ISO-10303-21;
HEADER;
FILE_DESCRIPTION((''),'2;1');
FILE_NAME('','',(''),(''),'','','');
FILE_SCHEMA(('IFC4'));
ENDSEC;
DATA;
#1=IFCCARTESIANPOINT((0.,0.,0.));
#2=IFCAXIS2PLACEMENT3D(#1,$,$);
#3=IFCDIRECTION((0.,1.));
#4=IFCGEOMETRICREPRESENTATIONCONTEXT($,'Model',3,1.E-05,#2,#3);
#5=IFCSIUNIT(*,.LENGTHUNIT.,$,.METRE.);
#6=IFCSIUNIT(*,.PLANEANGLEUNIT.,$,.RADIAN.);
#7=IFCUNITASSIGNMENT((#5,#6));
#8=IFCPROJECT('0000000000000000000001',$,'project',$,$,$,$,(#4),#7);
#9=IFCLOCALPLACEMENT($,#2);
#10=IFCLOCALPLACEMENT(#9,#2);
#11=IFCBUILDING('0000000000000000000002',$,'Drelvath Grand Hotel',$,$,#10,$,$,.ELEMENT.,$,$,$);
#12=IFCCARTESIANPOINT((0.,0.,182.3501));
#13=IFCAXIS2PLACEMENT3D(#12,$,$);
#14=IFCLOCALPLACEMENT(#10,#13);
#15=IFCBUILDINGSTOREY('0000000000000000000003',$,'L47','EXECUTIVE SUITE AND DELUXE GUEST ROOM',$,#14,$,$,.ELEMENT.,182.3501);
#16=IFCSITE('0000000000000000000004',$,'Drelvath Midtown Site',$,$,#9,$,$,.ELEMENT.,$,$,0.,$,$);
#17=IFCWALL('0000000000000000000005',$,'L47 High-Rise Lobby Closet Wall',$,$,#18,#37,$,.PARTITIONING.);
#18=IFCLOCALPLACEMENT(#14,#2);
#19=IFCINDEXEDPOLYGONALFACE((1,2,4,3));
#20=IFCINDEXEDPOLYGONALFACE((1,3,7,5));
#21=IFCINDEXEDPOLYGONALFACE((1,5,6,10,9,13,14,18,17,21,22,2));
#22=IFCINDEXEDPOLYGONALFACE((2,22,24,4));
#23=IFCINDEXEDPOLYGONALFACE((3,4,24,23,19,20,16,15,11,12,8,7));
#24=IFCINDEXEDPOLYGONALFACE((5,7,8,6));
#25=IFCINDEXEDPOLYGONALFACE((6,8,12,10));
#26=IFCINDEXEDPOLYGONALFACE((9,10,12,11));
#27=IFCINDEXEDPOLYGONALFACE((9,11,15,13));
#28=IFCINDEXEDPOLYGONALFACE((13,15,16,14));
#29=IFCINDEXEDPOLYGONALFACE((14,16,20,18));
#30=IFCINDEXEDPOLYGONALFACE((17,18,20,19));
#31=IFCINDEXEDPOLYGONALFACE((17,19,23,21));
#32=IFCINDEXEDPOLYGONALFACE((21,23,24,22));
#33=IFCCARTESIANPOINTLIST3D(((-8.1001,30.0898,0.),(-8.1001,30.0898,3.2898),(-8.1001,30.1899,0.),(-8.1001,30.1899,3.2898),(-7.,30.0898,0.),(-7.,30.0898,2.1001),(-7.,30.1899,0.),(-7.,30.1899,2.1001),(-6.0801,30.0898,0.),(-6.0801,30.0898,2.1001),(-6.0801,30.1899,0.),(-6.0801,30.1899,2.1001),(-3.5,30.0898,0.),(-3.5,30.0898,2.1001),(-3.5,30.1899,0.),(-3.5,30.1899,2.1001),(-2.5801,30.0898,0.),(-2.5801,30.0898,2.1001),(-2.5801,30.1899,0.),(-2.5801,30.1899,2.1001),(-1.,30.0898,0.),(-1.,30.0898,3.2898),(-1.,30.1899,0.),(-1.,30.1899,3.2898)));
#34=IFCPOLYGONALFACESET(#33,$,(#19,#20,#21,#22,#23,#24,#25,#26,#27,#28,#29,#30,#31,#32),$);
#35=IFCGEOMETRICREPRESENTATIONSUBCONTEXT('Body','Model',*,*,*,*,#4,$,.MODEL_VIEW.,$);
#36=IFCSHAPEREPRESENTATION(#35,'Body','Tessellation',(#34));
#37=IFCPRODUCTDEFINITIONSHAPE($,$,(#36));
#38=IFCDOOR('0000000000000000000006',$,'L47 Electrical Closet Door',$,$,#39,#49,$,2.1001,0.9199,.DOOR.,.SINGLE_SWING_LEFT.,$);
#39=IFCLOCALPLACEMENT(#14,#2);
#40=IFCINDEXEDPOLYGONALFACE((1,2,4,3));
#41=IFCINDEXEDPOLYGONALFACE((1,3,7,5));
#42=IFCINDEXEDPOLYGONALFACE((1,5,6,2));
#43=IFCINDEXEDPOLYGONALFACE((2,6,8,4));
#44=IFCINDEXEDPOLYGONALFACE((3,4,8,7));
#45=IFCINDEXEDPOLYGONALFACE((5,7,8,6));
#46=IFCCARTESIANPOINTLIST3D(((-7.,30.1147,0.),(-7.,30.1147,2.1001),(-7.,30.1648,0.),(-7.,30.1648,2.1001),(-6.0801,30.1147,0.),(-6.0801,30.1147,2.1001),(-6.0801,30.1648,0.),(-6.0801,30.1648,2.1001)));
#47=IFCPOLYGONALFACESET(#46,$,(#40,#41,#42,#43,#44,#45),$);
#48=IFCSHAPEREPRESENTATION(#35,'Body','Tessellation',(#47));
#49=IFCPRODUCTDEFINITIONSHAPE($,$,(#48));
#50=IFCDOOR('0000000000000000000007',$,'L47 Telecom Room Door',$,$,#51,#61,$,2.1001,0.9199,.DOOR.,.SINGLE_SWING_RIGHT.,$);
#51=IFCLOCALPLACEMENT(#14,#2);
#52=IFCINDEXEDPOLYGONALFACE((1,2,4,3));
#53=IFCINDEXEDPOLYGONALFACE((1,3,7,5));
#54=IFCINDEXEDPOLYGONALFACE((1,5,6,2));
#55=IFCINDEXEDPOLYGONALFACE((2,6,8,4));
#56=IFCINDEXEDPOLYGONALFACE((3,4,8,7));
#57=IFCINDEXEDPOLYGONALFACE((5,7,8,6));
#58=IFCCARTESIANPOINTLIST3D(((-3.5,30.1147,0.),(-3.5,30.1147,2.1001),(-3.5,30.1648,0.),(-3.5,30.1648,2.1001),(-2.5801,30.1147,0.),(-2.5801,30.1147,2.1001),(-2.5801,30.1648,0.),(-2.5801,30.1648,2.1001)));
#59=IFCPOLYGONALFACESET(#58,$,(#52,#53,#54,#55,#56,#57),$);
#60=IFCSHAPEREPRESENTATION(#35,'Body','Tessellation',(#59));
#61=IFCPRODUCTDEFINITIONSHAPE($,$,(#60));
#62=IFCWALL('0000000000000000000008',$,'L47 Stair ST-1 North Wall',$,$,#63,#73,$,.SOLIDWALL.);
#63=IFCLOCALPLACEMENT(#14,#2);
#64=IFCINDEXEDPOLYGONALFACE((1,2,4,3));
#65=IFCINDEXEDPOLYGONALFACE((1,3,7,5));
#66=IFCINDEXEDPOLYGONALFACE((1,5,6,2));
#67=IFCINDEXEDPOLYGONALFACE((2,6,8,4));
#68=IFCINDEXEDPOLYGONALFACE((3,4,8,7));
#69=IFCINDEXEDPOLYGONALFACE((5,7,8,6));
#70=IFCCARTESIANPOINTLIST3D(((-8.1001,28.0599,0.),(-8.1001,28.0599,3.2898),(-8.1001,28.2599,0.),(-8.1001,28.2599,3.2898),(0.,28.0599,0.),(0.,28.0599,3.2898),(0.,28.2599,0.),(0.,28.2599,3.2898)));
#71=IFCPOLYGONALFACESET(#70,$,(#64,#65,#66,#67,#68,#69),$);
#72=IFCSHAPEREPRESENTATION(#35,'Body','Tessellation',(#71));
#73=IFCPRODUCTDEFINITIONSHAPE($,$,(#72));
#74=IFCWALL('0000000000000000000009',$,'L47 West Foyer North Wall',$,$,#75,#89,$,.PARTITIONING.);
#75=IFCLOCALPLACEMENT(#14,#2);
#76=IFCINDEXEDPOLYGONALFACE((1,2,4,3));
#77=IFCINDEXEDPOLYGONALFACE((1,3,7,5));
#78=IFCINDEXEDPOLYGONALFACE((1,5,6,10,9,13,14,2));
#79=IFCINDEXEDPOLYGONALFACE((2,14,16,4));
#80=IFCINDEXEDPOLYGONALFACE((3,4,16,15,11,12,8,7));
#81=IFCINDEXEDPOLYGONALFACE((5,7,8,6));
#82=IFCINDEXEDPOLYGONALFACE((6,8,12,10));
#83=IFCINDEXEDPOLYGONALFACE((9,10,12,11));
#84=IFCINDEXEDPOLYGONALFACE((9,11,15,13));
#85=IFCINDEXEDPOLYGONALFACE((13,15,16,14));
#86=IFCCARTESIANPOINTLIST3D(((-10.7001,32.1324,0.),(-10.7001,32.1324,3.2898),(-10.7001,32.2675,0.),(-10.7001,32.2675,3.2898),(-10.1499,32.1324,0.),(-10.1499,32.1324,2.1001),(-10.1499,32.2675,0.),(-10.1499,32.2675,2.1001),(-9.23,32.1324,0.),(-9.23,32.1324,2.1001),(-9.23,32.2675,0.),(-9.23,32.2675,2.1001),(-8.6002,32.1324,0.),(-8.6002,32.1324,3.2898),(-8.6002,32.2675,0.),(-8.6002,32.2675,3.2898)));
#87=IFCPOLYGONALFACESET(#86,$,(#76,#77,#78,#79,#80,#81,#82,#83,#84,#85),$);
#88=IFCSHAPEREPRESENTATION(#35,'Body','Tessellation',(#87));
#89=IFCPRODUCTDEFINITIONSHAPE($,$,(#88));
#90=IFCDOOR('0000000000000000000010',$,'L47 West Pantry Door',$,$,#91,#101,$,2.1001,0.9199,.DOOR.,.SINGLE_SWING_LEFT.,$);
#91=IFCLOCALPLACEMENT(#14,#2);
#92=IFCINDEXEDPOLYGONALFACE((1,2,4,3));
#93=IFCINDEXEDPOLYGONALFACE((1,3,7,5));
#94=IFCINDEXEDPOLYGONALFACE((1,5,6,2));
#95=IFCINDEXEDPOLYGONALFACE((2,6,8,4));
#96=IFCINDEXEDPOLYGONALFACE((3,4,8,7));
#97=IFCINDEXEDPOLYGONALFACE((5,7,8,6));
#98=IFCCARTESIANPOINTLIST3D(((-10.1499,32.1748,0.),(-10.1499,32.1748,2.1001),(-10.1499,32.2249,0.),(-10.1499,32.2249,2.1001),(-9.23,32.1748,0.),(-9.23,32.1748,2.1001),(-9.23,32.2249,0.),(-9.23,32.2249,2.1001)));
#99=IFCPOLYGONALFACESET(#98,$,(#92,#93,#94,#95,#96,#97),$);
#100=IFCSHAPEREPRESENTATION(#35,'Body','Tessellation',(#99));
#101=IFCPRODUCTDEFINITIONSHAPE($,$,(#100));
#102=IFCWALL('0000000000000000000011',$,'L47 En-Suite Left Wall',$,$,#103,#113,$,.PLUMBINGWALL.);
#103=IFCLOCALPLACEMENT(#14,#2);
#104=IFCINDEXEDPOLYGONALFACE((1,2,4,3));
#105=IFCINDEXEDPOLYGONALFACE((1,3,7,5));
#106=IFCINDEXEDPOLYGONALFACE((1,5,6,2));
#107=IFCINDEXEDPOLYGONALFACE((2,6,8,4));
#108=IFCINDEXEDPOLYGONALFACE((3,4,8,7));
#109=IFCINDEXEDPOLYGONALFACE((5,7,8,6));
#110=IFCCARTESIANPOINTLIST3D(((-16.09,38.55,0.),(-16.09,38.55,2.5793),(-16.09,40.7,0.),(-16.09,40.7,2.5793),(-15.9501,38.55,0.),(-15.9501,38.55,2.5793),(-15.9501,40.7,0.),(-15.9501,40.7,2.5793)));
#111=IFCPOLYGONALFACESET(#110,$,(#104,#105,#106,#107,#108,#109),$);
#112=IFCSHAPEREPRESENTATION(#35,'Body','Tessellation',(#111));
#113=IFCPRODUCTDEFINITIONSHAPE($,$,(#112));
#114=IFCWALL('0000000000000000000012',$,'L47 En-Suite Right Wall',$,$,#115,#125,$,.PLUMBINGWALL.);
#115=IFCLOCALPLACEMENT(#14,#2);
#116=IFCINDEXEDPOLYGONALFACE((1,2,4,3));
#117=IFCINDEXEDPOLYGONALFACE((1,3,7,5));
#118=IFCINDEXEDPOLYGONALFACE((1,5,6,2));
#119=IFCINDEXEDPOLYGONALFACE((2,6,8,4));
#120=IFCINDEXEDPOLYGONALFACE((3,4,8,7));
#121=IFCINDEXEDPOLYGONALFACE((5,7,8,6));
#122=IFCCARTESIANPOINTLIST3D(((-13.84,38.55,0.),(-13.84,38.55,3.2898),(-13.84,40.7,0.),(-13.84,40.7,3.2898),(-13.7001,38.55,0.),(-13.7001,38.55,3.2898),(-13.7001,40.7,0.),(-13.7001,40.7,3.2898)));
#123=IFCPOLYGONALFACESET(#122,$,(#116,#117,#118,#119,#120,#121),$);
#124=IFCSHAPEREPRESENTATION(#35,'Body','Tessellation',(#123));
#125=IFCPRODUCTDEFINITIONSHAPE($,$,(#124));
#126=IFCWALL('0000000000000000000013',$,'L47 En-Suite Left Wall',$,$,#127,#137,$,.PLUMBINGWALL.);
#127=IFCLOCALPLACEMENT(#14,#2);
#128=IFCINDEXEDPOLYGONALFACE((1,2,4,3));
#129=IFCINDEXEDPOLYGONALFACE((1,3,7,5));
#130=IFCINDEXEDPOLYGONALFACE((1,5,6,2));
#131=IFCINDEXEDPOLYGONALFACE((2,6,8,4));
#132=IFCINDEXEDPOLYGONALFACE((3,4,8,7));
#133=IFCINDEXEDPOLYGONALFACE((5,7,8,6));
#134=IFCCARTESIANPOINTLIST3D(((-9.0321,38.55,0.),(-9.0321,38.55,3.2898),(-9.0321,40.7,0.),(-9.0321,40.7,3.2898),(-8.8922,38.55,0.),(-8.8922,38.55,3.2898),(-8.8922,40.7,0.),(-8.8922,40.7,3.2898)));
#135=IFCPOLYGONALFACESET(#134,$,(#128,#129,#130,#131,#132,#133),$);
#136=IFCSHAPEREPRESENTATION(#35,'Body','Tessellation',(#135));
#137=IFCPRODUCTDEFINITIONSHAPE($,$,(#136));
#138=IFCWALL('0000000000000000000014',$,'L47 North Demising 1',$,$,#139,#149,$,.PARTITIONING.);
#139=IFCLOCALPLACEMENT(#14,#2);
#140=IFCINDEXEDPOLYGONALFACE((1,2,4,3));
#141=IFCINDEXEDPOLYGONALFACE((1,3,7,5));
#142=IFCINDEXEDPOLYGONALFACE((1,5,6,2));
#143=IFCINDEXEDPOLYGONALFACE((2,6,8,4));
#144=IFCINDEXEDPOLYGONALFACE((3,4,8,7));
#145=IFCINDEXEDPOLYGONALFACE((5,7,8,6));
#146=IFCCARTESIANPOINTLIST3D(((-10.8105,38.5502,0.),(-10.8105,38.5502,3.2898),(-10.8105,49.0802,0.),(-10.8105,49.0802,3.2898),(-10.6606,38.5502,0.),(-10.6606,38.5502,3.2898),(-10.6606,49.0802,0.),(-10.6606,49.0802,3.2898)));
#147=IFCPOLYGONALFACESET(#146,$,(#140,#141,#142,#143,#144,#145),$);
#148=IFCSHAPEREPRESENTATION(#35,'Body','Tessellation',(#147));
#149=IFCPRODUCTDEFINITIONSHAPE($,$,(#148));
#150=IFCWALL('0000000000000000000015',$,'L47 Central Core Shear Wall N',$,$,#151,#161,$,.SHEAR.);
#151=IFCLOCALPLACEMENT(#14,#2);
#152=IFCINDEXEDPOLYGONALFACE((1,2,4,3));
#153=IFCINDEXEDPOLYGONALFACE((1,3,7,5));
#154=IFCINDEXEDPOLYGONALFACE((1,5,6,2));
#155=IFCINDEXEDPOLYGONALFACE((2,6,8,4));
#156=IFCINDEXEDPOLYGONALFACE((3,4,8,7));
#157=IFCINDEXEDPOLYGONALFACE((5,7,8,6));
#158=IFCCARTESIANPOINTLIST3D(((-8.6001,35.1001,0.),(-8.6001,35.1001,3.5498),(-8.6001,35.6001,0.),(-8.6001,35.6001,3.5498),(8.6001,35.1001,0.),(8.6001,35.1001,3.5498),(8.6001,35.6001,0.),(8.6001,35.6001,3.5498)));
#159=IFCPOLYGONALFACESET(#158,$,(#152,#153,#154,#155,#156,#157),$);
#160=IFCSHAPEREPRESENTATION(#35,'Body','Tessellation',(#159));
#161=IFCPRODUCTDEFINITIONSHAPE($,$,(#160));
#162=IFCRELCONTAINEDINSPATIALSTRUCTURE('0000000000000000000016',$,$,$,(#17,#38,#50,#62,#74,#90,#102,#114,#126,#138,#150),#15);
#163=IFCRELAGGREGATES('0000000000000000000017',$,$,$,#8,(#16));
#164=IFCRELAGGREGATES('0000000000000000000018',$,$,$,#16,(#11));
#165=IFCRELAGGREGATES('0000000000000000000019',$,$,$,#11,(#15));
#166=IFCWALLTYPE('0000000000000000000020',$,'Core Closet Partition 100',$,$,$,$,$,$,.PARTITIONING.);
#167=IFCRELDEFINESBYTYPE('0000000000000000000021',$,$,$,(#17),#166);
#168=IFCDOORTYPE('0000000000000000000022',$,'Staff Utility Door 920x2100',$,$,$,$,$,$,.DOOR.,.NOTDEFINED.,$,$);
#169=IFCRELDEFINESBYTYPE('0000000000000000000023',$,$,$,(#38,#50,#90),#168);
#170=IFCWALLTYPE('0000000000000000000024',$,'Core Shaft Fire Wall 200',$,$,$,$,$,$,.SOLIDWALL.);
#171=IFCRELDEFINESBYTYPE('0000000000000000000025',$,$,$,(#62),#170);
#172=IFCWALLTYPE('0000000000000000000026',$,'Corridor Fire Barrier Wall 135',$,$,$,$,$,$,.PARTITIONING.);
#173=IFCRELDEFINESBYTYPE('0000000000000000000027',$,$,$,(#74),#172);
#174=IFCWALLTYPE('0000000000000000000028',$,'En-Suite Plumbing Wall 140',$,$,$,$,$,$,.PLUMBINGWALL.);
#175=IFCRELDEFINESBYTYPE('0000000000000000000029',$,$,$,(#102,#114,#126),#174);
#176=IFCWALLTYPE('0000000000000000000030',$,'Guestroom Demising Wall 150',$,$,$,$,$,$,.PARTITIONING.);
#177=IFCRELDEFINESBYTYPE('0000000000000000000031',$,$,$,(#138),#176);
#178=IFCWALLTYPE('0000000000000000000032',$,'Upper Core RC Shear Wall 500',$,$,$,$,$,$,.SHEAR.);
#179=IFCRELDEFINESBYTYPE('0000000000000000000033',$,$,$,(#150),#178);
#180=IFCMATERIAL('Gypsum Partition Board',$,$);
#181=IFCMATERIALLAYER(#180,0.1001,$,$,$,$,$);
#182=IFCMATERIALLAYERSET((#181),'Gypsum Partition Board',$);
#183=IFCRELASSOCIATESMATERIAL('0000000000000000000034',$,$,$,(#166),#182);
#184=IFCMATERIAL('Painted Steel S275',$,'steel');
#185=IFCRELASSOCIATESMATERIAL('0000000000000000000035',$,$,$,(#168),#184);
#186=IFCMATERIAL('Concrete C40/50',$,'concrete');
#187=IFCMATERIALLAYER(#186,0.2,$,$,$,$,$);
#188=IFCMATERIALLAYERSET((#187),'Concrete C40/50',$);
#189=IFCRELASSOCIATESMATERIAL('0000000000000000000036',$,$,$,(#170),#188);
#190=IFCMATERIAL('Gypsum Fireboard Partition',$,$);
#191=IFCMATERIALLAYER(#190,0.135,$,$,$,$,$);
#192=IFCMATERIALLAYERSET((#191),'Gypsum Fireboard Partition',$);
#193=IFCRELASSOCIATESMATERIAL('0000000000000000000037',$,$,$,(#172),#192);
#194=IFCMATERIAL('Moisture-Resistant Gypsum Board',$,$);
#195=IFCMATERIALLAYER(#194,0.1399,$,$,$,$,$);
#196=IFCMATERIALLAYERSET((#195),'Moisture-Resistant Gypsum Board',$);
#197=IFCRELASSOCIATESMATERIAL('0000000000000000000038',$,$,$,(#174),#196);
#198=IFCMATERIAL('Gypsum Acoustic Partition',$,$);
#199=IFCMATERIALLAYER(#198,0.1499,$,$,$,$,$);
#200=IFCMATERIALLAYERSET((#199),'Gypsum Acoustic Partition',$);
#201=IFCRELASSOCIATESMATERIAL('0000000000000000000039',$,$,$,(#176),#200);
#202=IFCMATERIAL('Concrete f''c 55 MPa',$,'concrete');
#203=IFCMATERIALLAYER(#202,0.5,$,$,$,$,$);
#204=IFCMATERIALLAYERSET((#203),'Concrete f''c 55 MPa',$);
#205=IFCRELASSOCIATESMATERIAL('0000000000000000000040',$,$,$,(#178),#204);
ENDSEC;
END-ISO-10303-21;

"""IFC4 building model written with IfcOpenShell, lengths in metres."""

from ifc_helpers import new_model, si_unit, direction, frame, frame_2d, origin, place, context, subcontext, project, spatial, rectangle, extrude, material, layer, layer_set, type_object, element, fill, save


model = new_model("IFC4")

# Units and contexts
model_context = context("Model", 3, precision=1e-05, world=origin(), true_north=direction((0.0, 1.0)))
body_context = subcontext(model_context, "Body", "Model", "MODEL_VIEW")
ifc_project = project(units=[si_unit("LENGTHUNIT", "METRE"), si_unit("PLANEANGLEUNIT", "RADIAN")], contexts=[model_context])

# Site, building, storey
site_placement = place(None, origin())
site = spatial("IfcSite", under=ifc_project, at=site_placement, Name="Drelvath Midtown Site", CompositionType="ELEMENT", RefElevation=0.0)
building_placement = place(site_placement, origin())
building = spatial("IfcBuilding", under=site, at=building_placement, Name="Drelvath Grand Hotel", CompositionType="ELEMENT")
storey_placement = place(building_placement, frame((0.0, 0.0, 182.3501)))
storey = spatial("IfcBuildingStorey", under=building, at=storey_placement, Name="L47", Description="EXECUTIVE SUITE AND DELUXE GUEST ROOM", CompositionType="ELEMENT", Elevation=182.3501)

# Shared definitions
ifc_material_1 = material(Name="Concrete f'c 55 MPa", Category="concrete")

# Wall, openings, doors
ifc_material_2 = material(Name="Gypsum Partition Board")
ifc_layer_1 = layer(ifc_material_2, 0.1001)
ifc_layer_set_1 = layer_set([ifc_layer_1], Name="Gypsum Partition Board")
wall_type_1 = type_object("IfcWallType", Name="Core Closet Partition 100", PredefinedType="PARTITIONING", material=ifc_layer_set_1)
wall_1_placement = place(storey_placement, frame((-8.1001, 30.1399, 0.0), z_axis=(0.0, 0.0, 1.0), x_axis=(1.0, 0.0, 0.0)))
wall_1 = element("IfcWall", 1, at=wall_1_placement, inside=storey, type_object=wall_type_1, Name="L47 High-Rise Lobby Closet Wall", PredefinedType="PARTITIONING", context=body_context, shape_type="SweptSolid", body=[
    extrude(rectangle(XDim=7.1001, YDim=0.1001, at=frame_2d((3.55, 0.0))), origin(), (0.0, 0.0, 1.0), 3.2898),
])
opening_1_placement = place(wall_1_placement, frame((1.1001, 0.0, 0.0)))
opening_1 = element("IfcOpeningElement", 2, at=opening_1_placement, cuts=wall_1, PredefinedType="OPENING", context=body_context, shape_type="SweptSolid", body=[
    extrude(rectangle(XDim=0.9199, YDim=2.1001, at=frame_2d((0.46, 1.05))), frame((0.0, 0.0601, 0.0), z_axis=(0.0, -1.0, 0.0), x_axis=(1.0, 0.0, 0.0)), (0.0, 0.0, 1.0), 0.1201),
])
opening_2_placement = place(wall_1_placement, frame((4.6001, 0.0, 0.0)))
opening_2 = element("IfcOpeningElement", 3, at=opening_2_placement, cuts=wall_1, PredefinedType="OPENING", context=body_context, shape_type="SweptSolid", body=[
    extrude(rectangle(XDim=0.9199, YDim=2.1001, at=frame_2d((0.46, 1.05))), frame((0.0, 0.0601, 0.0), z_axis=(0.0, -1.0, 0.0), x_axis=(1.0, 0.0, 0.0)), (0.0, 0.0, 1.0), 0.1201),
])
ifc_material_3 = material(Name="Painted Steel S275", Category="steel")
door_type = type_object("IfcDoorType", Name="Staff Utility Door 920x2100", OperationType="NOTDEFINED", PredefinedType="DOOR", material=ifc_material_3)
door_1_placement = place(opening_1_placement, origin())
door_1 = element("IfcDoor", 4, at=door_1_placement, inside=storey, type_object=door_type, Name="L47 Electrical Closet Door", OperationType="SINGLE_SWING_LEFT", OverallHeight=2.1001, OverallWidth=0.9199, PredefinedType="DOOR", context=body_context, shape_type="SweptSolid", body=[
    extrude(rectangle(XDim=0.9199, YDim=2.1001, at=frame_2d((0.46, 1.05))), frame((0.0, 0.0249, 0.0), z_axis=(0.0, -1.0, 0.0), x_axis=(1.0, 0.0, 0.0)), (0.0, 0.0, 1.0), 0.05),
])
fill(opening_1, door_1)
door_2_placement = place(opening_2_placement, origin())
door_2 = element("IfcDoor", 5, at=door_2_placement, inside=storey, type_object=door_type, Name="L47 Telecom Room Door", OperationType="SINGLE_SWING_RIGHT", OverallHeight=2.1001, OverallWidth=0.9199, PredefinedType="DOOR", context=body_context, shape_type="SweptSolid", body=[
    extrude(rectangle(XDim=0.9199, YDim=2.1001, at=frame_2d((0.46, 1.05))), frame((0.0, 0.0249, 0.0), z_axis=(0.0, -1.0, 0.0), x_axis=(1.0, 0.0, 0.0)), (0.0, 0.0, 1.0), 0.05),
])
fill(opening_2, door_2)

# Wall
ifc_material_4 = material(Name="Concrete C40/50", Category="concrete")
ifc_layer_2 = layer(ifc_material_4, 0.2)
ifc_layer_set_2 = layer_set([ifc_layer_2], Name="Concrete C40/50")
wall_type_2 = type_object("IfcWallType", Name="Core Shaft Fire Wall 200", PredefinedType="SOLIDWALL", material=ifc_layer_set_2)
wall_2_placement = place(storey_placement, frame((-8.1001, 28.1599, 0.0), z_axis=(0.0, 0.0, 1.0), x_axis=(1.0, 0.0, 0.0)))
element("IfcWall", 6, at=wall_2_placement, inside=storey, type_object=wall_type_2, Name="L47 Stair ST-1 North Wall", PredefinedType="SOLIDWALL", context=body_context, shape_type="SweptSolid", body=[
    extrude(rectangle(XDim=8.1001, YDim=0.2, at=frame_2d((4.05, 0.0))), origin(), (0.0, 0.0, 1.0), 3.2898),
])

# Wall, opening, door
ifc_material_5 = material(Name="Gypsum Fireboard Partition")
ifc_layer_3 = layer(ifc_material_5, 0.135)
ifc_layer_set_3 = layer_set([ifc_layer_3], Name="Gypsum Fireboard Partition")
wall_type_3 = type_object("IfcWallType", Name="Corridor Fire Barrier Wall 135", PredefinedType="PARTITIONING", material=ifc_layer_set_3)
wall_3_placement = place(storey_placement, frame((-10.7, 32.2, 0.0), z_axis=(0.0, 0.0, 1.0), x_axis=(1.0, 0.0, 0.0)))
wall_3 = element("IfcWall", 7, at=wall_3_placement, inside=storey, type_object=wall_type_3, Name="L47 West Foyer North Wall", PredefinedType="PARTITIONING", context=body_context, shape_type="SweptSolid", body=[
    extrude(rectangle(XDim=2.0999, YDim=0.135, at=frame_2d((1.0498, 0.0))), origin(), (0.0, 0.0, 1.0), 3.2898),
])
opening_3_placement = place(wall_3_placement, frame((0.55, 0.0, 0.0)))
opening_3 = element("IfcOpeningElement", 8, at=opening_3_placement, cuts=wall_3, PredefinedType="OPENING", context=body_context, shape_type="SweptSolid", body=[
    extrude(rectangle(XDim=0.9199, YDim=2.1001, at=frame_2d((0.46, 1.05))), frame((0.0, 0.0774, 0.0), z_axis=(0.0, -1.0, 0.0), x_axis=(1.0, 0.0, 0.0)), (0.0, 0.0, 1.0), 0.155),
])
door_3_placement = place(opening_3_placement, origin())
door_3 = element("IfcDoor", 9, at=door_3_placement, inside=storey, type_object=door_type, Name="L47 West Pantry Door", OperationType="SINGLE_SWING_LEFT", OverallHeight=2.1001, OverallWidth=0.9199, PredefinedType="DOOR", context=body_context, shape_type="SweptSolid", body=[
    extrude(rectangle(XDim=0.9199, YDim=2.1001, at=frame_2d((0.46, 1.05))), frame((0.0, 0.0249, 0.0), z_axis=(0.0, -1.0, 0.0), x_axis=(1.0, 0.0, 0.0)), (0.0, 0.0, 1.0), 0.05),
])
fill(opening_3, door_3)

# Walls
ifc_material_6 = material(Name="Moisture-Resistant Gypsum Board")
ifc_layer_4 = layer(ifc_material_6, 0.1399)
ifc_layer_set_4 = layer_set([ifc_layer_4], Name="Moisture-Resistant Gypsum Board")
wall_type_4 = type_object("IfcWallType", Name="En-Suite Plumbing Wall 140", PredefinedType="PLUMBINGWALL", material=ifc_layer_set_4)
wall_4_placement = place(storey_placement, frame((-16.02, 38.55, 0.0), z_axis=(0.0, 0.0, 1.0), x_axis=(0.0, 1.0, 0.0)))
element("IfcWall", 10, at=wall_4_placement, inside=storey, type_object=wall_type_4, Name="L47 En-Suite Left Wall", PredefinedType="PLUMBINGWALL", context=body_context, shape_type="SweptSolid", body=[
    extrude(rectangle(XDim=2.1499, YDim=0.1399, at=frame_2d((1.075, 0.0))), origin(), (0.0, 0.0, 1.0), 2.5793),
])
for number, where, z_axis, x_axis, name in (
    (11, (-13.77, 38.55, 0.0), (0.0, 0.0, 1.0), (0.0, 1.0, 0.0), "L47 En-Suite Right Wall"),
    (12, (-8.9622, 38.55, 0.0), (0.0, 0.0, 1.0), (0.0, 1.0, 0.0), "L47 En-Suite Left Wall"),
):
    element("IfcWall", number, at=place(storey_placement, frame(where, z_axis=z_axis, x_axis=x_axis)), inside=storey, type_object=wall_type_4, Name=name, PredefinedType="PLUMBINGWALL", context=body_context, shape_type="SweptSolid", body=[
        extrude(rectangle(XDim=2.1499, YDim=0.1399, at=frame_2d((1.075, 0.0))), origin(), (0.0, 0.0, 1.0), 3.2898),
    ])
ifc_material_7 = material(Name="Gypsum Acoustic Partition")
ifc_layer_5 = layer(ifc_material_7, 0.1499)
ifc_layer_set_5 = layer_set([ifc_layer_5], Name="Gypsum Acoustic Partition")
wall_type_5 = type_object("IfcWallType", Name="Guestroom Demising Wall 150", PredefinedType="PARTITIONING", material=ifc_layer_set_5)
wall_5_placement = place(storey_placement, frame((-10.7356, 38.55, 0.0), z_axis=(0.0, 0.0, 1.0), x_axis=(0.0, 1.0, 0.0)))
element("IfcWall", 13, at=wall_5_placement, inside=storey, type_object=wall_type_5, Name="L47 North Demising 1", PredefinedType="PARTITIONING", context=body_context, shape_type="SweptSolid", body=[
    extrude(rectangle(XDim=10.53, YDim=0.1499, at=frame_2d((5.2651, 0.0))), origin(), (0.0, 0.0, 1.0), 3.2898),
])
ifc_layer_6 = layer(ifc_material_1, 0.5)
ifc_layer_set_6 = layer_set([ifc_layer_6], Name="Concrete f'c 55 MPa")
wall_type_6 = type_object("IfcWallType", Name="Upper Core RC Shear Wall 500", PredefinedType="SHEAR", material=ifc_layer_set_6)
wall_6_placement = place(storey_placement, frame((-8.6001, 35.3501, 0.0), z_axis=(0.0, 0.0, 1.0), x_axis=(1.0, 0.0, 0.0)))
element("IfcWall", 14, at=wall_6_placement, inside=storey, type_object=wall_type_6, Name="L47 Central Core Shear Wall N", PredefinedType="SHEAR", context=body_context, shape_type="SweptSolid", body=[
    extrude(rectangle(XDim=17.2002, YDim=0.5, at=frame_2d((8.6001, 0.0))), origin(), (0.0, 0.0, 1.0), 3.5498),
])

save(model, "model.ifc")
